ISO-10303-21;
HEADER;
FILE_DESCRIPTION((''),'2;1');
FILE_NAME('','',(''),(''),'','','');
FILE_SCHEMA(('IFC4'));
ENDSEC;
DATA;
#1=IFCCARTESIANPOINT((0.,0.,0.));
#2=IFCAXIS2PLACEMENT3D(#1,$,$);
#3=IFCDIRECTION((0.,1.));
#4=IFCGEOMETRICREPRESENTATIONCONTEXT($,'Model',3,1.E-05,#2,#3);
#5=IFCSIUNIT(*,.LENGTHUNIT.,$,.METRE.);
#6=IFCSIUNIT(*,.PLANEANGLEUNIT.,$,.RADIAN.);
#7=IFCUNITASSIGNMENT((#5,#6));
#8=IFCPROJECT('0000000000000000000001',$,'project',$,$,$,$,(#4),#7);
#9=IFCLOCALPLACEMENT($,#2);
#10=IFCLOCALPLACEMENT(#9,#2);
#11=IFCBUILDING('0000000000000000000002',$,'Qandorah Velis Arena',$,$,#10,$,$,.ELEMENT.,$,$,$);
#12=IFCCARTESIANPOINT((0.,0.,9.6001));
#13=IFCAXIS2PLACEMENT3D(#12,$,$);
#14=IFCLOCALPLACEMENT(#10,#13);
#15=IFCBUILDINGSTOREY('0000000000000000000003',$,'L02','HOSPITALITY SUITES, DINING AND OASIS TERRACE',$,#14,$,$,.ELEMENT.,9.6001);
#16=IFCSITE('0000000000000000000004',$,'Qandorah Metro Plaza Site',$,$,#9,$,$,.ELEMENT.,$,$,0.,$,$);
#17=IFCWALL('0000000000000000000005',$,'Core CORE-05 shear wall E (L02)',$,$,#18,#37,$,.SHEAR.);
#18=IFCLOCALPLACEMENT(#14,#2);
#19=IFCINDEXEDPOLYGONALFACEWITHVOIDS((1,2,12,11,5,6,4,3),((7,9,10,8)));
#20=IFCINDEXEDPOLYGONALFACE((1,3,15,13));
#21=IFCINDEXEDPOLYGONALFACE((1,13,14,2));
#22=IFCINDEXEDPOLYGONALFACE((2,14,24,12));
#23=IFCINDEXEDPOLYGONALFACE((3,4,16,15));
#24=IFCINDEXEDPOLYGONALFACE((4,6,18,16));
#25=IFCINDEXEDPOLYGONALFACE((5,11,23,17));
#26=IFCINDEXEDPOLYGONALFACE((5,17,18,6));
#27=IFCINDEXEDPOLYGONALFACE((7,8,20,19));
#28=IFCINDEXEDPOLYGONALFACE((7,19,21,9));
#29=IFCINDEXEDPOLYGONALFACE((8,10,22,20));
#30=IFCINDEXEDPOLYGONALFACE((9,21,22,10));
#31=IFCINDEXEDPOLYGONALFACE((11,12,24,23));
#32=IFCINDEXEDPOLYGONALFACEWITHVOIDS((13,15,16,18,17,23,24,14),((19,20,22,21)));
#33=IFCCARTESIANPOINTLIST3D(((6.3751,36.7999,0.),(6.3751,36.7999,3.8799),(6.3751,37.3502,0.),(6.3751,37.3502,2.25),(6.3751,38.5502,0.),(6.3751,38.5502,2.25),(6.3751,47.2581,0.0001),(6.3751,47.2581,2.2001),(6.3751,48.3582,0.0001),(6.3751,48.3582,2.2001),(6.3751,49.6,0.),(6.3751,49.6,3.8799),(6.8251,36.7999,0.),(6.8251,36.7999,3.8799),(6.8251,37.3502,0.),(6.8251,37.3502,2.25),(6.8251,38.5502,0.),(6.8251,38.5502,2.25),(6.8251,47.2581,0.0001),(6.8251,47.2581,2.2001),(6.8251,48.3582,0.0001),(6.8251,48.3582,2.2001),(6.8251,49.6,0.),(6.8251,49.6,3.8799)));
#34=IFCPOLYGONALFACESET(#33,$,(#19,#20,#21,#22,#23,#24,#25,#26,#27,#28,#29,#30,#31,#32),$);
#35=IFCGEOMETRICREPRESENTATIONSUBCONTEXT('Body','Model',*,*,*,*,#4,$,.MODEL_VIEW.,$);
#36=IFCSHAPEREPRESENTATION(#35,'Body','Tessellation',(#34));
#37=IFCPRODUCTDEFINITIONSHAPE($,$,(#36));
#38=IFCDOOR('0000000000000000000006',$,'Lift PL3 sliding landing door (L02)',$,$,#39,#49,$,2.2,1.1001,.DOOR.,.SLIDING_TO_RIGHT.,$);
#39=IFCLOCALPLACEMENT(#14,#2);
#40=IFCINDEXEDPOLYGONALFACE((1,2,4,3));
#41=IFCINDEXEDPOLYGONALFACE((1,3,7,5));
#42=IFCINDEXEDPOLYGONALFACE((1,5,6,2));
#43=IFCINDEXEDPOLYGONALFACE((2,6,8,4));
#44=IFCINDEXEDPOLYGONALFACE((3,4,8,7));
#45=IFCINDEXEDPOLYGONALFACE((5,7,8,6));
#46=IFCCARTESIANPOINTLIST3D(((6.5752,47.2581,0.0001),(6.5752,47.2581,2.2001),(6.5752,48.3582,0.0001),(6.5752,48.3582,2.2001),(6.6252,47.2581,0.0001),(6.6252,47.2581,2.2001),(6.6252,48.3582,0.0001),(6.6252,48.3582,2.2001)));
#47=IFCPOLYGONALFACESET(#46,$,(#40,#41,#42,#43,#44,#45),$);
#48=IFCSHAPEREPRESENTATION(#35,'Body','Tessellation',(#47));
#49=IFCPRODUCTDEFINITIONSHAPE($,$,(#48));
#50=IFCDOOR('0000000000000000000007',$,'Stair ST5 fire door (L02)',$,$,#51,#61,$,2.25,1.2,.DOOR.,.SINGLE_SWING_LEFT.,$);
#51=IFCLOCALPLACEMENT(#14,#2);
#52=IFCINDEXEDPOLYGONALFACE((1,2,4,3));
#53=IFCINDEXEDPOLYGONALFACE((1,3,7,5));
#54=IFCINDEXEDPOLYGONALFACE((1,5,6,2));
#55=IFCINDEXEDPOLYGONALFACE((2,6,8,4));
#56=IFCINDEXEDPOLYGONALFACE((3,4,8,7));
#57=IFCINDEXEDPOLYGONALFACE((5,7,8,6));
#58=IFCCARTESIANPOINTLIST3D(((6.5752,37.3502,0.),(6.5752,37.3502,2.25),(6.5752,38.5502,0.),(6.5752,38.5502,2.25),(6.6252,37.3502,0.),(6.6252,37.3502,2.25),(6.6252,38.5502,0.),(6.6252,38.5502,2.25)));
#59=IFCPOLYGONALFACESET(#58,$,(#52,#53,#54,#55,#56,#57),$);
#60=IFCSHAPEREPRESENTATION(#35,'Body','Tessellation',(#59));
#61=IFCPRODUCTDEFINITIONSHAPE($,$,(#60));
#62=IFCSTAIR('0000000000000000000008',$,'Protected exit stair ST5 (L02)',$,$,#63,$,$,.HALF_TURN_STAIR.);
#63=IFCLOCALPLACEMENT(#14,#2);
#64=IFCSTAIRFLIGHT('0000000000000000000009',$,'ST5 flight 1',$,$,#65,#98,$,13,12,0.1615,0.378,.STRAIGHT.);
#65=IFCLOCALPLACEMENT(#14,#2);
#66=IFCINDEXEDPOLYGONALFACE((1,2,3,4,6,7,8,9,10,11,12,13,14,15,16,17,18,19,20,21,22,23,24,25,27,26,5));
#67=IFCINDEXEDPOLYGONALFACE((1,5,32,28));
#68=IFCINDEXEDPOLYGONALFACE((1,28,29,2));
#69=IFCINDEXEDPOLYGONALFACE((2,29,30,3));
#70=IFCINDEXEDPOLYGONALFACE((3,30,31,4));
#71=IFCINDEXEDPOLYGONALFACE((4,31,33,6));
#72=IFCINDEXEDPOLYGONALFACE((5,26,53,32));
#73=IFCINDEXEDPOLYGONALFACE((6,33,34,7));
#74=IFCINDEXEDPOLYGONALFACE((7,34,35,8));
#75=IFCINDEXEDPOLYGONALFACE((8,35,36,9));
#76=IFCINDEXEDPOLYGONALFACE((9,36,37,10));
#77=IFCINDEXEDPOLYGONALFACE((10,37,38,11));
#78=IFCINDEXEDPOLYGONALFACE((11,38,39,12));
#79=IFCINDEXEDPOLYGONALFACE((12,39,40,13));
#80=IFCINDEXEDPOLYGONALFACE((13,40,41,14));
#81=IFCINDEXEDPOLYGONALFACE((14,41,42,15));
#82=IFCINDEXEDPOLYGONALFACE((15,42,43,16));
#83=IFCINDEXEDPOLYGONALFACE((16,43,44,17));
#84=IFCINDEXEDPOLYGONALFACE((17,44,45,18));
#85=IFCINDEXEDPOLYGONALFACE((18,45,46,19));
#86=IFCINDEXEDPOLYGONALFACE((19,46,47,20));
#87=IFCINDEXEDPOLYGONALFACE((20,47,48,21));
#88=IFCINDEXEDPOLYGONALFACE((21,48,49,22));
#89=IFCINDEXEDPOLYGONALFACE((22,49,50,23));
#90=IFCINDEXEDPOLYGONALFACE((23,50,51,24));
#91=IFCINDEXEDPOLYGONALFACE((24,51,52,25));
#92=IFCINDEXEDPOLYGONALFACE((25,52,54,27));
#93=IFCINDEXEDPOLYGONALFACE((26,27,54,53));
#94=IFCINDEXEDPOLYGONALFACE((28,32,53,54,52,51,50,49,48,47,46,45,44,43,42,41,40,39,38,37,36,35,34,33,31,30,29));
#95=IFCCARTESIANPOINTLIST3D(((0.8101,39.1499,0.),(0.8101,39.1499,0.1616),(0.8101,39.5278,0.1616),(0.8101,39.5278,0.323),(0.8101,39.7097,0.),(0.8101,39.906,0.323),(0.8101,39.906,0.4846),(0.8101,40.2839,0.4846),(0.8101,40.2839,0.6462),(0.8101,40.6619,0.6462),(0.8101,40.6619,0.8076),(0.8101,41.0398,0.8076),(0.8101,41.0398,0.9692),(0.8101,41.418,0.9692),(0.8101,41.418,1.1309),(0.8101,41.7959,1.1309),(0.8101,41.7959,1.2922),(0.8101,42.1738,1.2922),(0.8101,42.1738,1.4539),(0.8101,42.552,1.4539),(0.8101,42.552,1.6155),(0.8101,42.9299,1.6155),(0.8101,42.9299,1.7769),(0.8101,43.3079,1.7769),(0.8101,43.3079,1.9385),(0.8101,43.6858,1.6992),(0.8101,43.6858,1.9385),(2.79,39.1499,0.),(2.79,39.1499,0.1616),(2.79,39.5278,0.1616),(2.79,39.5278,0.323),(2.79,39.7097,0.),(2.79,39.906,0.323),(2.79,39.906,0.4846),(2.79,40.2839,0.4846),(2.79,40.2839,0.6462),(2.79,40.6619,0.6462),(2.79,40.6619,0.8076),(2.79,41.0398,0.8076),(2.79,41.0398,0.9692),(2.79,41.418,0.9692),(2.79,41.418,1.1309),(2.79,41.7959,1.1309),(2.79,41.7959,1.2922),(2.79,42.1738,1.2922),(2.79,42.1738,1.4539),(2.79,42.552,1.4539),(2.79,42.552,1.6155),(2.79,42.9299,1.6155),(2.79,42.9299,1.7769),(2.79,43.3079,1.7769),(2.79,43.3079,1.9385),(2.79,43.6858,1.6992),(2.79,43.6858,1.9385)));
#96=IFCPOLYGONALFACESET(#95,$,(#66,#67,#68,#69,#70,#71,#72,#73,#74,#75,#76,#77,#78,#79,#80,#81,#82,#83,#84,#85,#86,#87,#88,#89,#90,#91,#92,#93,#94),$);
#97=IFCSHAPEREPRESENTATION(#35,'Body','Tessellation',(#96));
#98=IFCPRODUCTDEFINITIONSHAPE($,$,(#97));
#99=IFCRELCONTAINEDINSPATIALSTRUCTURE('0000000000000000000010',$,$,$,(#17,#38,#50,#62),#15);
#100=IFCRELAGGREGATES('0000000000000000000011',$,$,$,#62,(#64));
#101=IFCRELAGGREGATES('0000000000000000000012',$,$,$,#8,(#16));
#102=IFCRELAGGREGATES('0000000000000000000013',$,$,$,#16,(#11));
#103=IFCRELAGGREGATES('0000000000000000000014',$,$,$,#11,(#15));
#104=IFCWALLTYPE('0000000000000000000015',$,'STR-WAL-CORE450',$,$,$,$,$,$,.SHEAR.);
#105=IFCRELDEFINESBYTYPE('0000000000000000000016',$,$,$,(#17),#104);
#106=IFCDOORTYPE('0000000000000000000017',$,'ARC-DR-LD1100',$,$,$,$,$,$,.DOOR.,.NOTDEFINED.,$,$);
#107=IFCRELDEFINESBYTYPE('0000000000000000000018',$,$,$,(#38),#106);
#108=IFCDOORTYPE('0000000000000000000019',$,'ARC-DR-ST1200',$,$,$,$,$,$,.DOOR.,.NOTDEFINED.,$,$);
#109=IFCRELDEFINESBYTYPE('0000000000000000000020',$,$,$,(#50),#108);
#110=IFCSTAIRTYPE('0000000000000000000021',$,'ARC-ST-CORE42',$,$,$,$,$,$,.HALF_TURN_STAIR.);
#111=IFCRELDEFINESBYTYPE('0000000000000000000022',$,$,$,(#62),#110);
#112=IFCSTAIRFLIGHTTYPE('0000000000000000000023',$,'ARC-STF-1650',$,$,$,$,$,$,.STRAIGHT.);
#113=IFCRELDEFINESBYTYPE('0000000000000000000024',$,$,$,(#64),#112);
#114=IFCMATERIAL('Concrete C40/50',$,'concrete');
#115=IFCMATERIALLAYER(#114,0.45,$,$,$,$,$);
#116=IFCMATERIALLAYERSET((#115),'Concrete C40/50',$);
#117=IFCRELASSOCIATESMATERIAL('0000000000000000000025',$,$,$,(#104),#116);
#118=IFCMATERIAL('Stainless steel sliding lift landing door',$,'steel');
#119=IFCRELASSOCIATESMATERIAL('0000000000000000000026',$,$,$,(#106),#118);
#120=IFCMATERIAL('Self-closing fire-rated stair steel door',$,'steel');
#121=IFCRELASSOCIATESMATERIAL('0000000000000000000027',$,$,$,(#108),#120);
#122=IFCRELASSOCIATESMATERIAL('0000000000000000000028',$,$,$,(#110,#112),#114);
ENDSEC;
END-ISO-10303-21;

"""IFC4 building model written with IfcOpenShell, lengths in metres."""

from ifc_helpers import new_model, si_unit, direction, frame, frame_2d, origin, place, context, subcontext, project, spatial, polyline, rectangle, outline, extrude, material, layer, layer_set, type_object, element, fill, aggregate, save


model = new_model("IFC4")

# Units and contexts
model_context = context("Model", 3, precision=1e-05, world=origin(), true_north=direction((0.0, 1.0)))
body_context = subcontext(model_context, "Body", "Model", "MODEL_VIEW")
ifc_project = project(units=[si_unit("LENGTHUNIT", "METRE"), si_unit("PLANEANGLEUNIT", "RADIAN")], contexts=[model_context])

# Site, building, storey
site_placement = place(None, origin())
site = spatial("IfcSite", under=ifc_project, at=site_placement, Name="Qandorah Metro Plaza Site", CompositionType="ELEMENT", RefElevation=0.0)
building_placement = place(site_placement, origin())
building = spatial("IfcBuilding", under=site, at=building_placement, Name="Qandorah Velis Arena", CompositionType="ELEMENT")
storey_placement = place(building_placement, frame((0.0, 0.0, 9.6001)))
storey = spatial("IfcBuildingStorey", under=building, at=storey_placement, Name="L02", Description="HOSPITALITY SUITES, DINING AND OASIS TERRACE", CompositionType="ELEMENT", Elevation=9.6001)

# Shared definitions
ifc_material_1 = material(Name="Concrete C40/50", Category="concrete")

# Shared definitions
ifc_layer_1 = layer(ifc_material_1, 0.45)
ifc_layer_set_1 = layer_set([ifc_layer_1], Name="Concrete C40/50")
wall_type_1 = type_object("IfcWallType", Name="STR-WAL-CORE450", PredefinedType="SHEAR", material=ifc_layer_set_1)

# Wall, openings, doors
wall_1_placement = place(storey_placement, frame((6.6001, 36.8, 0.0), z_axis=(0.0, 0.0, 1.0), x_axis=(0.0, 1.0, 0.0)))
wall_1 = element("IfcWall", 1, at=wall_1_placement, inside=storey, type_object=wall_type_1, Name="Core CORE-05 shear wall E (L02)", PredefinedType="SHEAR", context=body_context, shape_type="SweptSolid", body=[
    extrude(rectangle(XDim=12.8, YDim=0.45, at=frame_2d((6.3999, 0.0))), origin(), (0.0, 0.0, 1.0), 3.8799),
])
opening_1_placement = place(wall_1_placement, frame((0.55, 0.0, 0.0)))
opening_1 = element("IfcOpeningElement", 2, at=opening_1_placement, cuts=wall_1, PredefinedType="OPENING", context=body_context, shape_type="SweptSolid", body=[
    extrude(rectangle(XDim=1.2, YDim=2.25, at=frame_2d((0.6001, 1.125))), frame((0.0, 0.2349, 0.0), z_axis=(0.0, -1.0, 0.0), x_axis=(1.0, 0.0, 0.0)), (0.0, 0.0, 1.0), 0.47),
])
opening_2_placement = place(wall_1_placement, frame((10.458, 0.0, 0.0)))
opening_2 = element("IfcOpeningElement", 3, at=opening_2_placement, cuts=wall_1, PredefinedType="OPENING", context=body_context, shape_type="SweptSolid", body=[
    extrude(rectangle(XDim=1.1001, YDim=2.2, at=frame_2d((0.55, 1.1001))), frame((0.0, 0.2349, 0.0), z_axis=(0.0, -1.0, 0.0), x_axis=(1.0, 0.0, 0.0)), (0.0, 0.0, 1.0), 0.47),
])
ifc_material_2 = material(Name="Stainless steel sliding lift landing door", Category="steel")
door_type_1 = type_object("IfcDoorType", Name="ARC-DR-LD1100", OperationType="NOTDEFINED", PredefinedType="DOOR", material=ifc_material_2)
door_1_placement = place(opening_2_placement, origin())
door_1 = element("IfcDoor", 4, at=door_1_placement, inside=storey, type_object=door_type_1, Name="Lift PL3 sliding landing door (L02)", OperationType="SLIDING_TO_RIGHT", OverallHeight=2.2, OverallWidth=1.1001, PredefinedType="DOOR", context=body_context, shape_type="SweptSolid", body=[
    extrude(rectangle(XDim=1.1001, YDim=2.2, at=frame_2d((0.55, 1.1001))), frame((0.0, 0.0249, 0.0), z_axis=(0.0, -1.0, 0.0), x_axis=(1.0, 0.0, 0.0)), (0.0, 0.0, 1.0), 0.05),
])
fill(opening_2, door_1)
ifc_material_3 = material(Name="Self-closing fire-rated stair steel door", Category="steel")
door_type_2 = type_object("IfcDoorType", Name="ARC-DR-ST1200", OperationType="NOTDEFINED", PredefinedType="DOOR", material=ifc_material_3)
door_2_placement = place(opening_1_placement, origin())
door_2 = element("IfcDoor", 5, at=door_2_placement, inside=storey, type_object=door_type_2, Name="Stair ST5 fire door (L02)", OperationType="SINGLE_SWING_LEFT", OverallHeight=2.25, OverallWidth=1.2, PredefinedType="DOOR", context=body_context, shape_type="SweptSolid", body=[
    extrude(rectangle(XDim=1.2, YDim=2.25, at=frame_2d((0.6001, 1.125))), frame((0.0, 0.0249, 0.0), z_axis=(0.0, -1.0, 0.0), x_axis=(1.0, 0.0, 0.0)), (0.0, 0.0, 1.0), 0.05),
])
fill(opening_1, door_2)

# Stair, stair flight
stair_type = type_object("IfcStairType", Name="ARC-ST-CORE42", PredefinedType="HALF_TURN_STAIR", material=ifc_material_1)
stair_placement = place(storey_placement, origin())
stair = element("IfcStair", 6, at=stair_placement, inside=storey, type_object=stair_type, Name="Protected exit stair ST5 (L02)", PredefinedType="HALF_TURN_STAIR")
stair_flight_type = type_object("IfcStairFlightType", Name="ARC-STF-1650", PredefinedType="STRAIGHT", material=ifc_material_1)
stair_flight_placement = place(storey_placement, frame((1.8, 39.1499, 0.0), z_axis=(0.0, 0.0, 1.0), x_axis=(0.0, 1.0, 0.0)))
stair_flight = element("IfcStairFlight", 7, at=stair_flight_placement, type_object=stair_flight_type, Name="ST5 flight 1", NumberOfRisers=13, NumberOfTreads=12, PredefinedType="STRAIGHT", RiserHeight=0.1615, TreadLength=0.378, context=body_context, shape_type="SweptSolid", body=[
    extrude(outline(polyline([(0.0, 0.0), (0.0, 0.1616), (0.3779, 0.1616), (0.3779, 0.323), (0.7561, 0.323), (0.7561, 0.4846), (1.134, 0.4846), (1.134, 0.6462), (1.512, 0.6462), (1.512, 0.8076), (1.8899, 0.8076), (1.8899, 0.9692), (2.2681, 0.9692), (2.2681, 1.1309), (2.646, 1.1309), (2.646, 1.2922), (3.0239, 1.2922), (3.0239, 1.4539), (3.4021, 1.4539), (3.4021, 1.6155), (3.78, 1.6155), (3.78, 1.7769), (4.158, 1.7769), (4.158, 1.9385), (4.5359, 1.9385), (4.5359, 2.1001), (4.5359, 1.6992), (0.5598, 0.0), (0.0, 0.0)])), frame((0.0, 0.99, 0.0), z_axis=(0.0, -1.0, 0.0), x_axis=(1.0, 0.0, 0.0)), (0.0, 0.0, 1.0), 1.98),
])
aggregate(stair, [stair_flight])

save(model, "model.ifc")
